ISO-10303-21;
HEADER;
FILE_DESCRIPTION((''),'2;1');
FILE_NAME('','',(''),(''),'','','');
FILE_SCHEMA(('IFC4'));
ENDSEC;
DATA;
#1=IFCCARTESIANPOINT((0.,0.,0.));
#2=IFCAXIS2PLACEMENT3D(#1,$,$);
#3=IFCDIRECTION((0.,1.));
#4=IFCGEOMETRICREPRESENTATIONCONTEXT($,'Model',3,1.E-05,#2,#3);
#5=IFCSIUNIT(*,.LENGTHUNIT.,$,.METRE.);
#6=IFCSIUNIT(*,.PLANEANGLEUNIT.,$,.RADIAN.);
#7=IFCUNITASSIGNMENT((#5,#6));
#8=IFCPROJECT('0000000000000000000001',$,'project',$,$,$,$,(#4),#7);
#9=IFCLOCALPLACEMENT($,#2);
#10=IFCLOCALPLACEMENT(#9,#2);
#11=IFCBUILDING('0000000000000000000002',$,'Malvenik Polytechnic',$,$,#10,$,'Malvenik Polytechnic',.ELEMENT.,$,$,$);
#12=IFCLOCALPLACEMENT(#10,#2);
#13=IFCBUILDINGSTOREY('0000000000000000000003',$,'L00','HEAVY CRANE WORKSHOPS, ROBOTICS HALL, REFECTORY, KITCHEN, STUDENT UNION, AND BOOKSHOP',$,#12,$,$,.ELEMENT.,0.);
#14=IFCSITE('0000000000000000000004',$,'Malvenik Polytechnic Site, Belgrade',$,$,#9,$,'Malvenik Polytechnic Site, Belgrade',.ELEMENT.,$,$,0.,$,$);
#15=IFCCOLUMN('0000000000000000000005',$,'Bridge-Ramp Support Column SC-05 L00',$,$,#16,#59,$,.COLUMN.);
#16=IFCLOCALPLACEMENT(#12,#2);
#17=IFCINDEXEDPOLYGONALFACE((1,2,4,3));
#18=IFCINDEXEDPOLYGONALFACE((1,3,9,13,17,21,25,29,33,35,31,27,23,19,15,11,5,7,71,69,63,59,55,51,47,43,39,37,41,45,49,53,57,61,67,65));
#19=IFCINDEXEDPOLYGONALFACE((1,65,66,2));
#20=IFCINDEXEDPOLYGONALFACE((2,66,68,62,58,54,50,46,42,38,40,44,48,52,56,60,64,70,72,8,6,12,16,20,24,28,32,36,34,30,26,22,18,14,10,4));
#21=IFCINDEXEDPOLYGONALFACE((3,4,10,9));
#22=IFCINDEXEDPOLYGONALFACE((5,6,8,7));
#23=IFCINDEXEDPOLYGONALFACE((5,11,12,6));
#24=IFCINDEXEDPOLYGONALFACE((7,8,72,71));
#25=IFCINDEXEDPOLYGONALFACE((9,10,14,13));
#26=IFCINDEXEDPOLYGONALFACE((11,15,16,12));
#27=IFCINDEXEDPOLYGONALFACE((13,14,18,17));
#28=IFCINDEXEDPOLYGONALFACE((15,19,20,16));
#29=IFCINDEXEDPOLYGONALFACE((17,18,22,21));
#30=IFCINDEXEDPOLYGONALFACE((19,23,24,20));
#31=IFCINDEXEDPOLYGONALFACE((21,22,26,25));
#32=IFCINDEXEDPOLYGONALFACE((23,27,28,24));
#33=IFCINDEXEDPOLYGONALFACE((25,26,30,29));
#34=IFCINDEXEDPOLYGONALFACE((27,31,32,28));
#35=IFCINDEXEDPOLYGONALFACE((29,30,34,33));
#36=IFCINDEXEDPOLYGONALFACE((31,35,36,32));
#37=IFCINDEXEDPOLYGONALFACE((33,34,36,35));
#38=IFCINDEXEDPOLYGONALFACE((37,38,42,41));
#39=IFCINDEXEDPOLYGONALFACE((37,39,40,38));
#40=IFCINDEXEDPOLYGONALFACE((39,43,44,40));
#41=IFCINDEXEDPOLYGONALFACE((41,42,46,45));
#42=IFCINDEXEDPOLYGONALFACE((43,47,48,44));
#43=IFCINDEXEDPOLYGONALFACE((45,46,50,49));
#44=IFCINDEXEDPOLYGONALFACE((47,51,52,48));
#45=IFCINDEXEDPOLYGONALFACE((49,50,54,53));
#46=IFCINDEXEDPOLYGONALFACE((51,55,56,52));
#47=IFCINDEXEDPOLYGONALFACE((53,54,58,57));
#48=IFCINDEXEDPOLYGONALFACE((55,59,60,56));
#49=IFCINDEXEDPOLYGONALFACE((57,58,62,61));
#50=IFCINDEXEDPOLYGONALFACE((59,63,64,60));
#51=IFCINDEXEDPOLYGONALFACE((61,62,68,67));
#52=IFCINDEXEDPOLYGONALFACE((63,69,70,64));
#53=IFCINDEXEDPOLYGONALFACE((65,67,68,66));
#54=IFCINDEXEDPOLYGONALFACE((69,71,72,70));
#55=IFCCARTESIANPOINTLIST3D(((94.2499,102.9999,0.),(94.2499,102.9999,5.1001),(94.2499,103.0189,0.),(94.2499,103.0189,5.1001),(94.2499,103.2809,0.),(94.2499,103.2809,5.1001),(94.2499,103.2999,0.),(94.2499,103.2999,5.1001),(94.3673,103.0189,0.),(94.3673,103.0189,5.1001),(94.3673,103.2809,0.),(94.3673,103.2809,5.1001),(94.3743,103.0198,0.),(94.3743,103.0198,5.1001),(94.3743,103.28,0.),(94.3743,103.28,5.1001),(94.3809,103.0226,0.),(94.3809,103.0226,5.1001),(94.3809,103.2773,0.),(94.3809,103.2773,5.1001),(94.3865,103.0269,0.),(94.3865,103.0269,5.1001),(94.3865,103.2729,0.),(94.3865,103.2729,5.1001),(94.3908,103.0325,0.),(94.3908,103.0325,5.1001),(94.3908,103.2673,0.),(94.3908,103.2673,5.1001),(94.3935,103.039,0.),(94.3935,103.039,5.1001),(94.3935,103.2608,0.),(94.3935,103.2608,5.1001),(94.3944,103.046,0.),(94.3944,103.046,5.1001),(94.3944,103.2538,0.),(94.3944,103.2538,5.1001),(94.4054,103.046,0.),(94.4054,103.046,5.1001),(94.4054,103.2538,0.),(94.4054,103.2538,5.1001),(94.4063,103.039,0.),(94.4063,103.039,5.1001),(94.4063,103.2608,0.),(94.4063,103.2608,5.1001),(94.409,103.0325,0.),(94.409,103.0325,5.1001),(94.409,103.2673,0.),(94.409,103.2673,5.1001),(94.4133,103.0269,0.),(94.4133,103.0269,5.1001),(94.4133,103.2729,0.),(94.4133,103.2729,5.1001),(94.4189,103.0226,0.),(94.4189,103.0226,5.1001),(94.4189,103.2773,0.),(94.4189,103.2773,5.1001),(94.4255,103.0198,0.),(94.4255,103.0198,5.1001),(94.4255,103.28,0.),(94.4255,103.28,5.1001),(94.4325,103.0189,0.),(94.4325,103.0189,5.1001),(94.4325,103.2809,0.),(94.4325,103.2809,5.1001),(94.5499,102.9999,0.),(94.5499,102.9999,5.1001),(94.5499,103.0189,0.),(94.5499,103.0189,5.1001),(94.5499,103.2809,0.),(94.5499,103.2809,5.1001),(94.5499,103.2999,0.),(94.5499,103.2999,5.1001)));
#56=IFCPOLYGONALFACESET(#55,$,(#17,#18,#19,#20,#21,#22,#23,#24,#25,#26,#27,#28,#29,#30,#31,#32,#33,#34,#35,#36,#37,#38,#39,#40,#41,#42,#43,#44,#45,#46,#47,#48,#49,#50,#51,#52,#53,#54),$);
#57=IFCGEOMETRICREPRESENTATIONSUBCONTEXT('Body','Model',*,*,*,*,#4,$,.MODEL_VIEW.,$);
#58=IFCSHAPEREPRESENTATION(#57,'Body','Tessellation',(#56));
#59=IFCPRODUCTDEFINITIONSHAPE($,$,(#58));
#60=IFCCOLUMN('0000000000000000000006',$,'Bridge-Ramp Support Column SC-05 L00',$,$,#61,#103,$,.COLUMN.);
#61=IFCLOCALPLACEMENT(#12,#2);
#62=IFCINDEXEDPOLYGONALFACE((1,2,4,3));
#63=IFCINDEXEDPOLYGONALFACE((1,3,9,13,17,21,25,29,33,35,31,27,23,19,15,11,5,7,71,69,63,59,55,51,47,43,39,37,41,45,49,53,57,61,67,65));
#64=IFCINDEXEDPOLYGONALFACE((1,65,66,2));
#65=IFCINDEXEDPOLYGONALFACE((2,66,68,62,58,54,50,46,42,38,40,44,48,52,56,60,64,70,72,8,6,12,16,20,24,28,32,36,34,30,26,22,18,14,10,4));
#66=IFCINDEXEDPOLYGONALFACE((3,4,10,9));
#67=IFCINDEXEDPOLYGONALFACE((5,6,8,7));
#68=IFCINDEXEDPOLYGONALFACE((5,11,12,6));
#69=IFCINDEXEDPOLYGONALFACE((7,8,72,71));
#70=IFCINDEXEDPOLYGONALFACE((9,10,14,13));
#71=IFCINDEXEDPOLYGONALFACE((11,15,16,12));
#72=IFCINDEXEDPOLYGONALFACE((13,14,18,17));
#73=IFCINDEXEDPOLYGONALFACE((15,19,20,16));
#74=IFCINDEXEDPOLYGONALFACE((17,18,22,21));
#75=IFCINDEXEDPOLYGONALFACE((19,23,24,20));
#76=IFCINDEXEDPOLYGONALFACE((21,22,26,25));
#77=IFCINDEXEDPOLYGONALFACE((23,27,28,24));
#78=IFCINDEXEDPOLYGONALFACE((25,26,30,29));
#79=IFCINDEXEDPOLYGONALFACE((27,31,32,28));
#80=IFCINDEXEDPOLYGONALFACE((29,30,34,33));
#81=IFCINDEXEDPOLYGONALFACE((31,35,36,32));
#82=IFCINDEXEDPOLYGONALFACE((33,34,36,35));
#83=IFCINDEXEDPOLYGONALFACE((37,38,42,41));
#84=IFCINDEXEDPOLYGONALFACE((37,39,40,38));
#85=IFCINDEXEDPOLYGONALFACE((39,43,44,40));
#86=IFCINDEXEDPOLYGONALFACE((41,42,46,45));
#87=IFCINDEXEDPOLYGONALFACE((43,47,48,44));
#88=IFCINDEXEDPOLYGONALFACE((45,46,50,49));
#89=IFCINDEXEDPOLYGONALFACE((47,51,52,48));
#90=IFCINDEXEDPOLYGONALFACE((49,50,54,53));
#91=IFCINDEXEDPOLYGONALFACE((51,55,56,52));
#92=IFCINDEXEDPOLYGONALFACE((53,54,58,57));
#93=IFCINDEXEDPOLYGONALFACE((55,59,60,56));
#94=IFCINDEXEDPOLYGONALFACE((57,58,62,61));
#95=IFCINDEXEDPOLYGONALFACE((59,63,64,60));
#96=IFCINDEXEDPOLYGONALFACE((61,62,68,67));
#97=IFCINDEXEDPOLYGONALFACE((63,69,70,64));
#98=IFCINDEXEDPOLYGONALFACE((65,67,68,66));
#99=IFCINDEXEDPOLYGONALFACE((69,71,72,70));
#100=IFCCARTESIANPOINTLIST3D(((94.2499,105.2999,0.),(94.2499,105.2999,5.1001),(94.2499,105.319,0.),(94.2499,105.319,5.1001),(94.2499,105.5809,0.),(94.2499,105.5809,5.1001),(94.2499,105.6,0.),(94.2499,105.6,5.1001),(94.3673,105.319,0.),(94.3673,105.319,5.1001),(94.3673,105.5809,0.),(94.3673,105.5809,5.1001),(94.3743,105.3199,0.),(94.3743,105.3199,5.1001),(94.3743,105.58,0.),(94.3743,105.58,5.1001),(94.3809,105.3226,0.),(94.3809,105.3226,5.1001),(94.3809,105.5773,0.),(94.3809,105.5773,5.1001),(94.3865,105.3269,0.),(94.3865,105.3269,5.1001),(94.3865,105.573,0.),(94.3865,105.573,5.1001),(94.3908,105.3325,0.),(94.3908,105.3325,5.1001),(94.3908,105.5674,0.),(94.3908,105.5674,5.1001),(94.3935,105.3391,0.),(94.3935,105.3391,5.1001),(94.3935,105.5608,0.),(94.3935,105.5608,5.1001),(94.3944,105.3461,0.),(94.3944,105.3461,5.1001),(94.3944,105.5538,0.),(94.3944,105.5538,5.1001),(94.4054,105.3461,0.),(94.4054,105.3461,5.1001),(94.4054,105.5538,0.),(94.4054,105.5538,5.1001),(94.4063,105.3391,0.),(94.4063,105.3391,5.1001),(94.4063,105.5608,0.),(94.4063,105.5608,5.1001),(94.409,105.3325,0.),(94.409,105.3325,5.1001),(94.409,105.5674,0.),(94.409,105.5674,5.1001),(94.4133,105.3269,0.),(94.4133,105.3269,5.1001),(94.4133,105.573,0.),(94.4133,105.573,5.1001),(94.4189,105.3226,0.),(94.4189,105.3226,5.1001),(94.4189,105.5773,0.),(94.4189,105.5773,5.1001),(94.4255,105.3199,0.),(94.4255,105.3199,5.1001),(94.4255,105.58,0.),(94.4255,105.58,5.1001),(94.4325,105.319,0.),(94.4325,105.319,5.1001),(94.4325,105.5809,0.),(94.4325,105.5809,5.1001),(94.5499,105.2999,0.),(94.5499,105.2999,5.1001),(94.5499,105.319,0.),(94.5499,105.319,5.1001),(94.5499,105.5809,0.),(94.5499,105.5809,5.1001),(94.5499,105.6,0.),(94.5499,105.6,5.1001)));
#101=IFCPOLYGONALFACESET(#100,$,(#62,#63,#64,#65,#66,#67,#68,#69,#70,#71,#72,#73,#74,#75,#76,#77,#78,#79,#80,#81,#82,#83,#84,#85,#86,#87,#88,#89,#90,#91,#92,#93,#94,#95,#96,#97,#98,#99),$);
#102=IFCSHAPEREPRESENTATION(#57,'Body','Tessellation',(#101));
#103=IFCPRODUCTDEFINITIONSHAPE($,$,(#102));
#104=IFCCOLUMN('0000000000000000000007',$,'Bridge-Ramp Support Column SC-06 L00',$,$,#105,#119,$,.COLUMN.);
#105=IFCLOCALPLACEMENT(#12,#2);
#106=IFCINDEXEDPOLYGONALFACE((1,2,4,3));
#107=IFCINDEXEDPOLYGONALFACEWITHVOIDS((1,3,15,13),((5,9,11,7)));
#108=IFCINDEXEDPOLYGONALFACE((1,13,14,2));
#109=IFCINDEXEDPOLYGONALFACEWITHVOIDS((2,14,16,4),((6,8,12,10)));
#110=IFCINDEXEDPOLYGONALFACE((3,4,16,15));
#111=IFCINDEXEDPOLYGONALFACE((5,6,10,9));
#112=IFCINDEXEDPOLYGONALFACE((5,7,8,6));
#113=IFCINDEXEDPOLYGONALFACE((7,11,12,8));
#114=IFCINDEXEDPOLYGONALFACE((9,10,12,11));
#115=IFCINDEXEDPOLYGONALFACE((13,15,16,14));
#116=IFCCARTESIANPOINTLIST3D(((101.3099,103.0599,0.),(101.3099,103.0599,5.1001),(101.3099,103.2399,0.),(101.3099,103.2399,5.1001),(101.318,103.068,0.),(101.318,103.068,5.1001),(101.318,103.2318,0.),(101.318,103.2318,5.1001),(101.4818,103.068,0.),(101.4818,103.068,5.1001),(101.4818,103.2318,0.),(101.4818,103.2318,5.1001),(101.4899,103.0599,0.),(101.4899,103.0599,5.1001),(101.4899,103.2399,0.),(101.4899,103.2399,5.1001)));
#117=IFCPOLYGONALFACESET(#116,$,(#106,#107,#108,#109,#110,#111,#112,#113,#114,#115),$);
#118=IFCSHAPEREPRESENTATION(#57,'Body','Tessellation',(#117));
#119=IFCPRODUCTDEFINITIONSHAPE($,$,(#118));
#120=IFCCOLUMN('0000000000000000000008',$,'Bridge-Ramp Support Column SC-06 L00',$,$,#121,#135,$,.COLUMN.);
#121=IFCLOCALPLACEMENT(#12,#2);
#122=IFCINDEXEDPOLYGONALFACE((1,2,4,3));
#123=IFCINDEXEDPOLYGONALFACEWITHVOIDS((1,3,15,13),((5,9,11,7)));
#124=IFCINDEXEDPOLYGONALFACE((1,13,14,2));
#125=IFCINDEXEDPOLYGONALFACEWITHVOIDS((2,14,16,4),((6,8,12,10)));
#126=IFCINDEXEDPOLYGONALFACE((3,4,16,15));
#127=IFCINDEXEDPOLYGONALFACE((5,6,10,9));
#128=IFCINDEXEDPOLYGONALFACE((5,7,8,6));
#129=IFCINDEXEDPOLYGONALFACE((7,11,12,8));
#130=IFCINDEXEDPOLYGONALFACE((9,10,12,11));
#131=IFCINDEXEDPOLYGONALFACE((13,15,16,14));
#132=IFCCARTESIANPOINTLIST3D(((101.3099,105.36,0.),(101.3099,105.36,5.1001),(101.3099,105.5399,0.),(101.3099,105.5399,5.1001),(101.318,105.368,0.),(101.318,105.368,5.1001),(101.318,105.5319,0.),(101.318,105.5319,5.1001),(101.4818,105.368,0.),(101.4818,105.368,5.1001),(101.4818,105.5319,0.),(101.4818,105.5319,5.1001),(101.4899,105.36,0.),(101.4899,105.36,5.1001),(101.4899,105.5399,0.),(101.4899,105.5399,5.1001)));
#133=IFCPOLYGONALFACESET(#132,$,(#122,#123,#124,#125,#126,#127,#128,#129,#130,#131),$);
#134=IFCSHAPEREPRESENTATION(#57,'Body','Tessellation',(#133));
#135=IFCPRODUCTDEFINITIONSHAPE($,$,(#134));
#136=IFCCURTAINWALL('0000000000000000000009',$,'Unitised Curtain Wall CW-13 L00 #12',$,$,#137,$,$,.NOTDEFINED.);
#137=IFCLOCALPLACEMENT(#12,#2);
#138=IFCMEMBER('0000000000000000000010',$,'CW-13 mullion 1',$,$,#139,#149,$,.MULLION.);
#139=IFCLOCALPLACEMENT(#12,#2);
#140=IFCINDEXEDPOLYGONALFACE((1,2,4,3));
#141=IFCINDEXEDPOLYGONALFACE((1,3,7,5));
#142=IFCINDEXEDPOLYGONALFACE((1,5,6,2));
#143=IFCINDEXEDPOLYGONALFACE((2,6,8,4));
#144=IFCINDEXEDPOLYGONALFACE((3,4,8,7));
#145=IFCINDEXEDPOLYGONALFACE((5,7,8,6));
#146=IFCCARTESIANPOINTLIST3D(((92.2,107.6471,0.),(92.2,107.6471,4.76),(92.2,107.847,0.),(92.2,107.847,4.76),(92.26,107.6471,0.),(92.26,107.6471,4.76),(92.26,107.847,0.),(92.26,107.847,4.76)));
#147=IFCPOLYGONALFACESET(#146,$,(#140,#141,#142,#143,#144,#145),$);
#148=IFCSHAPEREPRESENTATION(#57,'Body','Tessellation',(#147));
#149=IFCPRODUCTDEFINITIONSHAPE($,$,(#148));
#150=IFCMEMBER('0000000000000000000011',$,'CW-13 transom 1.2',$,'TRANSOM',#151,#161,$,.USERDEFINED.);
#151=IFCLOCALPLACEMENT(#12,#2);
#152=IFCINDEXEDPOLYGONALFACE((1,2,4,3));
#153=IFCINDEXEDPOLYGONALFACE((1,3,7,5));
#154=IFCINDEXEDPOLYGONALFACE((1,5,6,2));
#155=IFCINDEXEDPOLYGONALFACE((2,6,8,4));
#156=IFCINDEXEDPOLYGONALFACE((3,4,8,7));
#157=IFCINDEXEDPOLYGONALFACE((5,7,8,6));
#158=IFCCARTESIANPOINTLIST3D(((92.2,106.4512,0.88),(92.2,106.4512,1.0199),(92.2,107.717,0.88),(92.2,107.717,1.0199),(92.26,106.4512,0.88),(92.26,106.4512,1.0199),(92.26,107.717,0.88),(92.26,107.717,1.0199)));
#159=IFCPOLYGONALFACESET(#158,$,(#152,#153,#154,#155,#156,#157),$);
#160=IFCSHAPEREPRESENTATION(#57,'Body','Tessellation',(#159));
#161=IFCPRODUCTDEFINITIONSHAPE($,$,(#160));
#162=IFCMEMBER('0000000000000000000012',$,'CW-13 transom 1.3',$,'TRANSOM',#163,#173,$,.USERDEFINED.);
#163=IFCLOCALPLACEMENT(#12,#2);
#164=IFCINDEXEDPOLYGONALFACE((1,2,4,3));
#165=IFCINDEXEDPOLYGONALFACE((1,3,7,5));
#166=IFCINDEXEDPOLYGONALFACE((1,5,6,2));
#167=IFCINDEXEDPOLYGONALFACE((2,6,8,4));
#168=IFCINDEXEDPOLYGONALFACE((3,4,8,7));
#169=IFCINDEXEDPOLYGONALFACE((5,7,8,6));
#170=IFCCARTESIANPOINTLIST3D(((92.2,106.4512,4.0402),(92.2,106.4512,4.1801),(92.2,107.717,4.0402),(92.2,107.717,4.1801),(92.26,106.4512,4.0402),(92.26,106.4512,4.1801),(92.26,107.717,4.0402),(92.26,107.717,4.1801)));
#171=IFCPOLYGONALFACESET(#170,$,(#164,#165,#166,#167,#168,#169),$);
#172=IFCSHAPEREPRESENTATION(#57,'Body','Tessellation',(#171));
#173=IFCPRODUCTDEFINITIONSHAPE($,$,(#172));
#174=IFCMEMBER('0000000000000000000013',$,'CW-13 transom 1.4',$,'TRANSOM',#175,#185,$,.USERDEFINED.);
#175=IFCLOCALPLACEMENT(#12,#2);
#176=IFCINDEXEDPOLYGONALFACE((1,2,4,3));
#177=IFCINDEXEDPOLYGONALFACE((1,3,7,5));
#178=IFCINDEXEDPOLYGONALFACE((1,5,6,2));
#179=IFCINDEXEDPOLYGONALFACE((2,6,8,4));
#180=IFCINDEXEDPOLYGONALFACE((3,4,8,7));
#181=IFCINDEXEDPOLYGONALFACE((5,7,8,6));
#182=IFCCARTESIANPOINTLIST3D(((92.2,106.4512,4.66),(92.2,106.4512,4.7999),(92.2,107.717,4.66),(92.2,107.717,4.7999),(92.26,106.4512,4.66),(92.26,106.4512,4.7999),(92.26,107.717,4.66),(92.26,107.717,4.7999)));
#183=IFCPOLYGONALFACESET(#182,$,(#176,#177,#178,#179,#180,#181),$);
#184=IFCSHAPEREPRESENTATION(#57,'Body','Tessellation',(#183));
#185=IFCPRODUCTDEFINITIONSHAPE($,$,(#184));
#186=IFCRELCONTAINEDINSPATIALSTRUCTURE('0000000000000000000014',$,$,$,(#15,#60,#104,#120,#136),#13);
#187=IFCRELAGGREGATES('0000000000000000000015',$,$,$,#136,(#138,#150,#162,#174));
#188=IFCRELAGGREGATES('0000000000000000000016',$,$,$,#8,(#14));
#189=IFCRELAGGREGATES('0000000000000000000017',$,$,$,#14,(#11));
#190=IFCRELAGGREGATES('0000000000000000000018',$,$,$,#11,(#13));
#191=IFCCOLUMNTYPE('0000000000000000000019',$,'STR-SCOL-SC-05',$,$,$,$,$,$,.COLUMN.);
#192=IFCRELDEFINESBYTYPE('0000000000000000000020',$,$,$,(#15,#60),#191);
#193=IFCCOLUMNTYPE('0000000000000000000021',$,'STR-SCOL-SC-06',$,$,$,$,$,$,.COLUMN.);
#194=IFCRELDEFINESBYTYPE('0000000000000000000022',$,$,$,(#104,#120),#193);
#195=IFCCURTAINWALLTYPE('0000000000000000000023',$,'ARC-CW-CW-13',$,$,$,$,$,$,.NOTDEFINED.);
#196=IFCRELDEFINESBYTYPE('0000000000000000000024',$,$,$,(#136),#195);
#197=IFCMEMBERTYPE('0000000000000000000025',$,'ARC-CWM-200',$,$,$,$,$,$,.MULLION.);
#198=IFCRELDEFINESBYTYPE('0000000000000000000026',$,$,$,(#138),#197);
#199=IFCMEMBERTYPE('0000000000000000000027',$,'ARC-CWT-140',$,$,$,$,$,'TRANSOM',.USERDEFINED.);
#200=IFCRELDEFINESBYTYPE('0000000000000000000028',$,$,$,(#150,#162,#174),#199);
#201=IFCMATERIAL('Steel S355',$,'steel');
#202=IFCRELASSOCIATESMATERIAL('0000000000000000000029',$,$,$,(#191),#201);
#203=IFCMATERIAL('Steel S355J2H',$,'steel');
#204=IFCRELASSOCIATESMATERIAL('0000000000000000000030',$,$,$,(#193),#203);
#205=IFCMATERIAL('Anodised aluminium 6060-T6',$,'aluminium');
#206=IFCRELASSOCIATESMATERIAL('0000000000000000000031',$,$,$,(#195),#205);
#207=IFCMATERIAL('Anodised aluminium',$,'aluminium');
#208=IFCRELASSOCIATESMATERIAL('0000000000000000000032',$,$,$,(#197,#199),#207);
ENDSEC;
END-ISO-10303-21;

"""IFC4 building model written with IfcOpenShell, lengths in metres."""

from ifc_helpers import new_model, si_unit, direction, frame, origin, origin_2d, place, context, subcontext, project, spatial, rectangle, hollow_rectangle, i_section, extrude, material, material_profile, profile_set, type_object, element, aggregate, save


model = new_model("IFC4")

# Units and contexts
model_context = context("Model", 3, precision=1e-05, world=origin(), true_north=direction((0.0, 1.0)))
body_context = subcontext(model_context, "Body", "Model", "MODEL_VIEW")
ifc_project = project(units=[si_unit("LENGTHUNIT", "METRE"), si_unit("PLANEANGLEUNIT", "RADIAN")], contexts=[model_context])

# Site, building, storey
site_placement = place(None, origin())
site = spatial("IfcSite", under=ifc_project, at=site_placement, Name="Malvenik Polytechnic Site, Belgrade", LongName="Malvenik Polytechnic Site, Belgrade", CompositionType="ELEMENT", RefElevation=0.0)
building_placement = place(site_placement, origin())
building = spatial("IfcBuilding", under=site, at=building_placement, Name="Malvenik Polytechnic", LongName="Malvenik Polytechnic", CompositionType="ELEMENT")
storey_placement = place(building_placement, origin())
storey = spatial("IfcBuildingStorey", under=building, at=storey_placement, Name="L00", Description="HEAVY CRANE WORKSHOPS, ROBOTICS HALL, REFECTORY, KITCHEN, STUDENT UNION, AND BOOKSHOP", CompositionType="ELEMENT", Elevation=0.0)

# Columns
ifc_material_1 = material(Name="Steel S355J2H", Category="steel")
ifc_material_2 = material(Name="Steel S355", Category="steel")
ifc_material_profile_1 = material_profile(ifc_material_2, i_section(OverallWidth=0.3, OverallDepth=0.3, WebThickness=0.011, FlangeThickness=0.019, FilletRadius=0.0271, at=origin_2d()), Name="HEB 300")
ifc_profile_set_1 = profile_set([ifc_material_profile_1], Name="Steel S355")
column_type_1 = type_object("IfcColumnType", Name="STR-SCOL-SC-05", PredefinedType="COLUMN", material=ifc_profile_set_1)
for number, where, z_axis, x_axis, name in (
    (1, (94.3999, 103.1499, 0.0), (0.0, 0.0, 1.0), (1.0, 0.0, 0.0), "Bridge-Ramp Support Column SC-05 L00"),
    (2, (94.3999, 105.45, 0.0), (0.0, 0.0, 1.0), (1.0, 0.0, 0.0), "Bridge-Ramp Support Column SC-05 L00"),
):
    element("IfcColumn", number, at=place(storey_placement, frame(where, z_axis=z_axis, x_axis=x_axis)), inside=storey, type_object=column_type_1, Name=name, PredefinedType="COLUMN", context=body_context, shape_type="SweptSolid", body=[
        extrude(i_section(OverallWidth=0.3, OverallDepth=0.3, WebThickness=0.011, FlangeThickness=0.019, FilletRadius=0.0271, at=origin_2d()), origin(), (0.0, 0.0, 1.0), 5.1001),
    ])
ifc_material_profile_2 = material_profile(ifc_material_1, hollow_rectangle(XDim=0.1799, YDim=0.1799, WallThickness=0.0081, at=origin_2d()), Name="SHS 180x180x8.0")
ifc_profile_set_2 = profile_set([ifc_material_profile_2], Name="Steel S355J2H")
column_type_2 = type_object("IfcColumnType", Name="STR-SCOL-SC-06", PredefinedType="COLUMN", material=ifc_profile_set_2)
for number, where, z_axis, x_axis, name in (
    (3, (101.3999, 103.1499, 0.0), (0.0, 0.0, 1.0), (1.0, 0.0, 0.0), "Bridge-Ramp Support Column SC-06 L00"),
    (4, (101.3999, 105.45, 0.0), (0.0, 0.0, 1.0), (1.0, 0.0, 0.0), "Bridge-Ramp Support Column SC-06 L00"),
):
    element("IfcColumn", number, at=place(storey_placement, frame(where, z_axis=z_axis, x_axis=x_axis)), inside=storey, type_object=column_type_2, Name=name, PredefinedType="COLUMN", context=body_context, shape_type="SweptSolid", body=[
        extrude(hollow_rectangle(XDim=0.1799, YDim=0.1799, WallThickness=0.0081, at=origin_2d()), origin(), (0.0, 0.0, 1.0), 5.1001),
    ])

# Curtain wall, members
ifc_material_3 = material(Name="Anodised aluminium 6060-T6", Category="aluminium")
curtain_wall_type = type_object("IfcCurtainWallType", Name="ARC-CW-CW-13", PredefinedType="NOTDEFINED", material=ifc_material_3)
curtain_wall_placement = place(storey_placement, origin())
curtain_wall = element("IfcCurtainWall", 5, at=curtain_wall_placement, inside=storey, type_object=curtain_wall_type, Name="Unitised Curtain Wall CW-13 L00 #12", PredefinedType="NOTDEFINED")
ifc_material_4 = material(Name="Anodised aluminium", Category="aluminium")
ifc_material_profile_3 = material_profile(ifc_material_4, rectangle(XDim=0.0601, YDim=0.2, at=origin_2d()), Name="ALU MULLION 60x200")
ifc_profile_set_3 = profile_set([ifc_material_profile_3], Name="Anodised aluminium")
member_type_1 = type_object("IfcMemberType", Name="ARC-CWM-200", PredefinedType="MULLION", material=ifc_profile_set_3)
member_1_placement = place(storey_placement, frame((92.23, 107.7471, 0.0), z_axis=(0.0, 0.0, 1.0), x_axis=(1.0, 0.0, 0.0)))
member_1 = element("IfcMember", 6, at=member_1_placement, type_object=member_type_1, Name="CW-13 mullion 1", PredefinedType="MULLION", context=body_context, shape_type="SweptSolid", body=[
    extrude(rectangle(XDim=0.0601, YDim=0.2, at=origin_2d()), origin(), (0.0, 0.0, 1.0), 4.76),
])
ifc_material_profile_4 = material_profile(ifc_material_4, rectangle(XDim=0.0601, YDim=0.1399, at=origin_2d()), Name="ALU TRANSOM 60x140")
ifc_profile_set_4 = profile_set([ifc_material_profile_4], Name="Anodised aluminium")
member_type_2 = type_object("IfcMemberType", Name="ARC-CWT-140", ElementType="TRANSOM", PredefinedType="USERDEFINED", material=ifc_profile_set_4)
member_2_placement = place(storey_placement, frame((92.23, 107.717, 0.95), z_axis=(0.0, -1.0, 0.0), x_axis=(1.0, 0.0, 0.0)))
member_2 = element("IfcMember", 7, at=member_2_placement, type_object=member_type_2, Name="CW-13 transom 1.2", ObjectType="TRANSOM", PredefinedType="USERDEFINED", context=body_context, shape_type="SweptSolid", body=[
    extrude(rectangle(XDim=0.0601, YDim=0.1399, at=origin_2d()), origin(), (0.0, 0.0, 1.0), 1.2659),
])
member_3_placement = place(storey_placement, frame((92.23, 107.717, 4.1101), z_axis=(0.0, -1.0, 0.0), x_axis=(1.0, 0.0, 0.0)))
member_3 = element("IfcMember", 8, at=member_3_placement, type_object=member_type_2, Name="CW-13 transom 1.3", ObjectType="TRANSOM", PredefinedType="USERDEFINED", context=body_context, shape_type="SweptSolid", body=[
    extrude(rectangle(XDim=0.0601, YDim=0.1399, at=origin_2d()), origin(), (0.0, 0.0, 1.0), 1.2659),
])
member_4_placement = place(storey_placement, frame((92.23, 107.717, 4.73), z_axis=(0.0, -1.0, 0.0), x_axis=(1.0, 0.0, 0.0)))
member_4 = element("IfcMember", 9, at=member_4_placement, type_object=member_type_2, Name="CW-13 transom 1.4", ObjectType="TRANSOM", PredefinedType="USERDEFINED", context=body_context, shape_type="SweptSolid", body=[
    extrude(rectangle(XDim=0.0601, YDim=0.1399, at=origin_2d()), origin(), (0.0, 0.0, 1.0), 1.2659),
])
aggregate(curtain_wall, [member_1, member_2, member_3, member_4])

save(model, "model.ifc")
